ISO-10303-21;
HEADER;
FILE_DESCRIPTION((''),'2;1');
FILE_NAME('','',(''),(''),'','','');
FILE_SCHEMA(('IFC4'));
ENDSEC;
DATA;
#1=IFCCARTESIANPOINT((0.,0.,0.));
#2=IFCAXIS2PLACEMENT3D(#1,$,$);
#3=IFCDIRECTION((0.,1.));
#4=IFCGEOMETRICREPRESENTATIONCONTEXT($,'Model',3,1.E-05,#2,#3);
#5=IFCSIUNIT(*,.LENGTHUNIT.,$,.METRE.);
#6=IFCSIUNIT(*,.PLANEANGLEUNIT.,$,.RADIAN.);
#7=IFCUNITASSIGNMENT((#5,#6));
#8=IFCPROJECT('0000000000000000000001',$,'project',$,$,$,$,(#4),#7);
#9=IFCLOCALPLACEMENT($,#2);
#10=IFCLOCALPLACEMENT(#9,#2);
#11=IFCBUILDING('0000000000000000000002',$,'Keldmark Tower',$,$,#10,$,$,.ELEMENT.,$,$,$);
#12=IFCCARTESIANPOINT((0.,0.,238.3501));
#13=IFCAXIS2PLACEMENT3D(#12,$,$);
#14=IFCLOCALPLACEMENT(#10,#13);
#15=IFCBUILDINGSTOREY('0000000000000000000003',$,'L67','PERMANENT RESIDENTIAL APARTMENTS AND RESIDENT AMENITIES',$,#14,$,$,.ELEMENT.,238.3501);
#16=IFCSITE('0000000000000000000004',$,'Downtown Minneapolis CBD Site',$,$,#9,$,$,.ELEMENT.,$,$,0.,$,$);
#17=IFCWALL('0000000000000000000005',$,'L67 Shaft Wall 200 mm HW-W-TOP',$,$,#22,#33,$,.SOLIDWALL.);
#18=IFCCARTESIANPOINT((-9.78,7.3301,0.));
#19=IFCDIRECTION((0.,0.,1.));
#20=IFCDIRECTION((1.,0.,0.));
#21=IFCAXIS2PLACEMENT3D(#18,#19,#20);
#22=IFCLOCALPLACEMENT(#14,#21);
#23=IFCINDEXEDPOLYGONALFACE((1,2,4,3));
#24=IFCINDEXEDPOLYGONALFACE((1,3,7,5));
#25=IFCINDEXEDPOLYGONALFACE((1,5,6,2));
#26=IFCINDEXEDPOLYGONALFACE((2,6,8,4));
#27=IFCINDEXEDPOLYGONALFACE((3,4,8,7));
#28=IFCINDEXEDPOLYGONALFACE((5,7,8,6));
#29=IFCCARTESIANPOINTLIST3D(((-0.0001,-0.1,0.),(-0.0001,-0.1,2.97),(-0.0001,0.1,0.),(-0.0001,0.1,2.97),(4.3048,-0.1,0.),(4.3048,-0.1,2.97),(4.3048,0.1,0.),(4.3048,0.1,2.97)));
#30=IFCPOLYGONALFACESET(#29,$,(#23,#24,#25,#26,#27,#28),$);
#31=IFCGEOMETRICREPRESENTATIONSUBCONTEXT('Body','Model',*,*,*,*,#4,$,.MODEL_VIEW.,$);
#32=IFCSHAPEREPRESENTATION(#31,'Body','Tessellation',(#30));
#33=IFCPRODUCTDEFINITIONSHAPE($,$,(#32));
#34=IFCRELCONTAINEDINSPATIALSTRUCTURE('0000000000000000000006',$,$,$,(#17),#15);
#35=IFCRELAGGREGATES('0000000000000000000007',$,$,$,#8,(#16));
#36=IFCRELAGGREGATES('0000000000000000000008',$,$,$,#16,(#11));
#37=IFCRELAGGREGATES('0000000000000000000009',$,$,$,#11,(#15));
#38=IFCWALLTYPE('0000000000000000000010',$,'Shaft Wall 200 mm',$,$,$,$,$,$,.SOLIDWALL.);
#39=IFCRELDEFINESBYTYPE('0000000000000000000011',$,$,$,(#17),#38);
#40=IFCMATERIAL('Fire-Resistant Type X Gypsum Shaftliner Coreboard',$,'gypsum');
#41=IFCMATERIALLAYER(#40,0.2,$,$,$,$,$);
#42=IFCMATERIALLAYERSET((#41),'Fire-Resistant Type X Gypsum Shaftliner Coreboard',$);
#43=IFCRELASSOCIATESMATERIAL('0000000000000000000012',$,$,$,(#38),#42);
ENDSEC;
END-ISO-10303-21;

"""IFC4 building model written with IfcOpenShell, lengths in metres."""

from ifc_helpers import new_model, si_unit, direction, frame, frame_2d, origin, place, context, subcontext, project, spatial, rectangle, extrude, material, layer, layer_set, type_object, element, save


model = new_model("IFC4")

# Units and contexts
model_context = context("Model", 3, precision=1e-05, world=origin(), true_north=direction((0.0, 1.0)))
body_context = subcontext(model_context, "Body", "Model", "MODEL_VIEW")
ifc_project = project(units=[si_unit("LENGTHUNIT", "METRE"), si_unit("PLANEANGLEUNIT", "RADIAN")], contexts=[model_context])

# Site, building, storey
site_placement = place(None, origin())
site = spatial("IfcSite", under=ifc_project, at=site_placement, Name="Downtown Minneapolis CBD Site", CompositionType="ELEMENT", RefElevation=0.0)
building_placement = place(site_placement, origin())
building = spatial("IfcBuilding", under=site, at=building_placement, Name="Keldmark Tower", CompositionType="ELEMENT")
storey_placement = place(building_placement, frame((0.0, 0.0, 238.3501)))
storey = spatial("IfcBuildingStorey", under=building, at=storey_placement, Name="L67", Description="PERMANENT RESIDENTIAL APARTMENTS AND RESIDENT AMENITIES", CompositionType="ELEMENT", Elevation=238.3501)

# Shared definitions
ifc_material_1 = material(Name="Fire-Resistant Type X Gypsum Shaftliner Coreboard", Category="gypsum")
ifc_layer_1 = layer(ifc_material_1, 0.2)
ifc_layer_set_1 = layer_set([ifc_layer_1], Name="Fire-Resistant Type X Gypsum Shaftliner Coreboard")
wall_type_1 = type_object("IfcWallType", Name="Shaft Wall 200 mm", PredefinedType="SOLIDWALL", material=ifc_layer_set_1)

# Wall
wall_1_placement = place(storey_placement, frame((-9.78, 7.3301, 0.0), z_axis=(0.0, 0.0, 1.0), x_axis=(1.0, 0.0, 0.0)))
element("IfcWall", 1, at=wall_1_placement, inside=storey, type_object=wall_type_1, Name="L67 Shaft Wall 200 mm HW-W-TOP", PredefinedType="SOLIDWALL", context=body_context, shape_type="SweptSolid", body=[
    extrude(rectangle(XDim=4.3049, YDim=0.2, at=frame_2d((2.1523, 0.0))), origin(), (0.0, 0.0, 1.0), 2.97),
])

save(model, "model.ifc")
